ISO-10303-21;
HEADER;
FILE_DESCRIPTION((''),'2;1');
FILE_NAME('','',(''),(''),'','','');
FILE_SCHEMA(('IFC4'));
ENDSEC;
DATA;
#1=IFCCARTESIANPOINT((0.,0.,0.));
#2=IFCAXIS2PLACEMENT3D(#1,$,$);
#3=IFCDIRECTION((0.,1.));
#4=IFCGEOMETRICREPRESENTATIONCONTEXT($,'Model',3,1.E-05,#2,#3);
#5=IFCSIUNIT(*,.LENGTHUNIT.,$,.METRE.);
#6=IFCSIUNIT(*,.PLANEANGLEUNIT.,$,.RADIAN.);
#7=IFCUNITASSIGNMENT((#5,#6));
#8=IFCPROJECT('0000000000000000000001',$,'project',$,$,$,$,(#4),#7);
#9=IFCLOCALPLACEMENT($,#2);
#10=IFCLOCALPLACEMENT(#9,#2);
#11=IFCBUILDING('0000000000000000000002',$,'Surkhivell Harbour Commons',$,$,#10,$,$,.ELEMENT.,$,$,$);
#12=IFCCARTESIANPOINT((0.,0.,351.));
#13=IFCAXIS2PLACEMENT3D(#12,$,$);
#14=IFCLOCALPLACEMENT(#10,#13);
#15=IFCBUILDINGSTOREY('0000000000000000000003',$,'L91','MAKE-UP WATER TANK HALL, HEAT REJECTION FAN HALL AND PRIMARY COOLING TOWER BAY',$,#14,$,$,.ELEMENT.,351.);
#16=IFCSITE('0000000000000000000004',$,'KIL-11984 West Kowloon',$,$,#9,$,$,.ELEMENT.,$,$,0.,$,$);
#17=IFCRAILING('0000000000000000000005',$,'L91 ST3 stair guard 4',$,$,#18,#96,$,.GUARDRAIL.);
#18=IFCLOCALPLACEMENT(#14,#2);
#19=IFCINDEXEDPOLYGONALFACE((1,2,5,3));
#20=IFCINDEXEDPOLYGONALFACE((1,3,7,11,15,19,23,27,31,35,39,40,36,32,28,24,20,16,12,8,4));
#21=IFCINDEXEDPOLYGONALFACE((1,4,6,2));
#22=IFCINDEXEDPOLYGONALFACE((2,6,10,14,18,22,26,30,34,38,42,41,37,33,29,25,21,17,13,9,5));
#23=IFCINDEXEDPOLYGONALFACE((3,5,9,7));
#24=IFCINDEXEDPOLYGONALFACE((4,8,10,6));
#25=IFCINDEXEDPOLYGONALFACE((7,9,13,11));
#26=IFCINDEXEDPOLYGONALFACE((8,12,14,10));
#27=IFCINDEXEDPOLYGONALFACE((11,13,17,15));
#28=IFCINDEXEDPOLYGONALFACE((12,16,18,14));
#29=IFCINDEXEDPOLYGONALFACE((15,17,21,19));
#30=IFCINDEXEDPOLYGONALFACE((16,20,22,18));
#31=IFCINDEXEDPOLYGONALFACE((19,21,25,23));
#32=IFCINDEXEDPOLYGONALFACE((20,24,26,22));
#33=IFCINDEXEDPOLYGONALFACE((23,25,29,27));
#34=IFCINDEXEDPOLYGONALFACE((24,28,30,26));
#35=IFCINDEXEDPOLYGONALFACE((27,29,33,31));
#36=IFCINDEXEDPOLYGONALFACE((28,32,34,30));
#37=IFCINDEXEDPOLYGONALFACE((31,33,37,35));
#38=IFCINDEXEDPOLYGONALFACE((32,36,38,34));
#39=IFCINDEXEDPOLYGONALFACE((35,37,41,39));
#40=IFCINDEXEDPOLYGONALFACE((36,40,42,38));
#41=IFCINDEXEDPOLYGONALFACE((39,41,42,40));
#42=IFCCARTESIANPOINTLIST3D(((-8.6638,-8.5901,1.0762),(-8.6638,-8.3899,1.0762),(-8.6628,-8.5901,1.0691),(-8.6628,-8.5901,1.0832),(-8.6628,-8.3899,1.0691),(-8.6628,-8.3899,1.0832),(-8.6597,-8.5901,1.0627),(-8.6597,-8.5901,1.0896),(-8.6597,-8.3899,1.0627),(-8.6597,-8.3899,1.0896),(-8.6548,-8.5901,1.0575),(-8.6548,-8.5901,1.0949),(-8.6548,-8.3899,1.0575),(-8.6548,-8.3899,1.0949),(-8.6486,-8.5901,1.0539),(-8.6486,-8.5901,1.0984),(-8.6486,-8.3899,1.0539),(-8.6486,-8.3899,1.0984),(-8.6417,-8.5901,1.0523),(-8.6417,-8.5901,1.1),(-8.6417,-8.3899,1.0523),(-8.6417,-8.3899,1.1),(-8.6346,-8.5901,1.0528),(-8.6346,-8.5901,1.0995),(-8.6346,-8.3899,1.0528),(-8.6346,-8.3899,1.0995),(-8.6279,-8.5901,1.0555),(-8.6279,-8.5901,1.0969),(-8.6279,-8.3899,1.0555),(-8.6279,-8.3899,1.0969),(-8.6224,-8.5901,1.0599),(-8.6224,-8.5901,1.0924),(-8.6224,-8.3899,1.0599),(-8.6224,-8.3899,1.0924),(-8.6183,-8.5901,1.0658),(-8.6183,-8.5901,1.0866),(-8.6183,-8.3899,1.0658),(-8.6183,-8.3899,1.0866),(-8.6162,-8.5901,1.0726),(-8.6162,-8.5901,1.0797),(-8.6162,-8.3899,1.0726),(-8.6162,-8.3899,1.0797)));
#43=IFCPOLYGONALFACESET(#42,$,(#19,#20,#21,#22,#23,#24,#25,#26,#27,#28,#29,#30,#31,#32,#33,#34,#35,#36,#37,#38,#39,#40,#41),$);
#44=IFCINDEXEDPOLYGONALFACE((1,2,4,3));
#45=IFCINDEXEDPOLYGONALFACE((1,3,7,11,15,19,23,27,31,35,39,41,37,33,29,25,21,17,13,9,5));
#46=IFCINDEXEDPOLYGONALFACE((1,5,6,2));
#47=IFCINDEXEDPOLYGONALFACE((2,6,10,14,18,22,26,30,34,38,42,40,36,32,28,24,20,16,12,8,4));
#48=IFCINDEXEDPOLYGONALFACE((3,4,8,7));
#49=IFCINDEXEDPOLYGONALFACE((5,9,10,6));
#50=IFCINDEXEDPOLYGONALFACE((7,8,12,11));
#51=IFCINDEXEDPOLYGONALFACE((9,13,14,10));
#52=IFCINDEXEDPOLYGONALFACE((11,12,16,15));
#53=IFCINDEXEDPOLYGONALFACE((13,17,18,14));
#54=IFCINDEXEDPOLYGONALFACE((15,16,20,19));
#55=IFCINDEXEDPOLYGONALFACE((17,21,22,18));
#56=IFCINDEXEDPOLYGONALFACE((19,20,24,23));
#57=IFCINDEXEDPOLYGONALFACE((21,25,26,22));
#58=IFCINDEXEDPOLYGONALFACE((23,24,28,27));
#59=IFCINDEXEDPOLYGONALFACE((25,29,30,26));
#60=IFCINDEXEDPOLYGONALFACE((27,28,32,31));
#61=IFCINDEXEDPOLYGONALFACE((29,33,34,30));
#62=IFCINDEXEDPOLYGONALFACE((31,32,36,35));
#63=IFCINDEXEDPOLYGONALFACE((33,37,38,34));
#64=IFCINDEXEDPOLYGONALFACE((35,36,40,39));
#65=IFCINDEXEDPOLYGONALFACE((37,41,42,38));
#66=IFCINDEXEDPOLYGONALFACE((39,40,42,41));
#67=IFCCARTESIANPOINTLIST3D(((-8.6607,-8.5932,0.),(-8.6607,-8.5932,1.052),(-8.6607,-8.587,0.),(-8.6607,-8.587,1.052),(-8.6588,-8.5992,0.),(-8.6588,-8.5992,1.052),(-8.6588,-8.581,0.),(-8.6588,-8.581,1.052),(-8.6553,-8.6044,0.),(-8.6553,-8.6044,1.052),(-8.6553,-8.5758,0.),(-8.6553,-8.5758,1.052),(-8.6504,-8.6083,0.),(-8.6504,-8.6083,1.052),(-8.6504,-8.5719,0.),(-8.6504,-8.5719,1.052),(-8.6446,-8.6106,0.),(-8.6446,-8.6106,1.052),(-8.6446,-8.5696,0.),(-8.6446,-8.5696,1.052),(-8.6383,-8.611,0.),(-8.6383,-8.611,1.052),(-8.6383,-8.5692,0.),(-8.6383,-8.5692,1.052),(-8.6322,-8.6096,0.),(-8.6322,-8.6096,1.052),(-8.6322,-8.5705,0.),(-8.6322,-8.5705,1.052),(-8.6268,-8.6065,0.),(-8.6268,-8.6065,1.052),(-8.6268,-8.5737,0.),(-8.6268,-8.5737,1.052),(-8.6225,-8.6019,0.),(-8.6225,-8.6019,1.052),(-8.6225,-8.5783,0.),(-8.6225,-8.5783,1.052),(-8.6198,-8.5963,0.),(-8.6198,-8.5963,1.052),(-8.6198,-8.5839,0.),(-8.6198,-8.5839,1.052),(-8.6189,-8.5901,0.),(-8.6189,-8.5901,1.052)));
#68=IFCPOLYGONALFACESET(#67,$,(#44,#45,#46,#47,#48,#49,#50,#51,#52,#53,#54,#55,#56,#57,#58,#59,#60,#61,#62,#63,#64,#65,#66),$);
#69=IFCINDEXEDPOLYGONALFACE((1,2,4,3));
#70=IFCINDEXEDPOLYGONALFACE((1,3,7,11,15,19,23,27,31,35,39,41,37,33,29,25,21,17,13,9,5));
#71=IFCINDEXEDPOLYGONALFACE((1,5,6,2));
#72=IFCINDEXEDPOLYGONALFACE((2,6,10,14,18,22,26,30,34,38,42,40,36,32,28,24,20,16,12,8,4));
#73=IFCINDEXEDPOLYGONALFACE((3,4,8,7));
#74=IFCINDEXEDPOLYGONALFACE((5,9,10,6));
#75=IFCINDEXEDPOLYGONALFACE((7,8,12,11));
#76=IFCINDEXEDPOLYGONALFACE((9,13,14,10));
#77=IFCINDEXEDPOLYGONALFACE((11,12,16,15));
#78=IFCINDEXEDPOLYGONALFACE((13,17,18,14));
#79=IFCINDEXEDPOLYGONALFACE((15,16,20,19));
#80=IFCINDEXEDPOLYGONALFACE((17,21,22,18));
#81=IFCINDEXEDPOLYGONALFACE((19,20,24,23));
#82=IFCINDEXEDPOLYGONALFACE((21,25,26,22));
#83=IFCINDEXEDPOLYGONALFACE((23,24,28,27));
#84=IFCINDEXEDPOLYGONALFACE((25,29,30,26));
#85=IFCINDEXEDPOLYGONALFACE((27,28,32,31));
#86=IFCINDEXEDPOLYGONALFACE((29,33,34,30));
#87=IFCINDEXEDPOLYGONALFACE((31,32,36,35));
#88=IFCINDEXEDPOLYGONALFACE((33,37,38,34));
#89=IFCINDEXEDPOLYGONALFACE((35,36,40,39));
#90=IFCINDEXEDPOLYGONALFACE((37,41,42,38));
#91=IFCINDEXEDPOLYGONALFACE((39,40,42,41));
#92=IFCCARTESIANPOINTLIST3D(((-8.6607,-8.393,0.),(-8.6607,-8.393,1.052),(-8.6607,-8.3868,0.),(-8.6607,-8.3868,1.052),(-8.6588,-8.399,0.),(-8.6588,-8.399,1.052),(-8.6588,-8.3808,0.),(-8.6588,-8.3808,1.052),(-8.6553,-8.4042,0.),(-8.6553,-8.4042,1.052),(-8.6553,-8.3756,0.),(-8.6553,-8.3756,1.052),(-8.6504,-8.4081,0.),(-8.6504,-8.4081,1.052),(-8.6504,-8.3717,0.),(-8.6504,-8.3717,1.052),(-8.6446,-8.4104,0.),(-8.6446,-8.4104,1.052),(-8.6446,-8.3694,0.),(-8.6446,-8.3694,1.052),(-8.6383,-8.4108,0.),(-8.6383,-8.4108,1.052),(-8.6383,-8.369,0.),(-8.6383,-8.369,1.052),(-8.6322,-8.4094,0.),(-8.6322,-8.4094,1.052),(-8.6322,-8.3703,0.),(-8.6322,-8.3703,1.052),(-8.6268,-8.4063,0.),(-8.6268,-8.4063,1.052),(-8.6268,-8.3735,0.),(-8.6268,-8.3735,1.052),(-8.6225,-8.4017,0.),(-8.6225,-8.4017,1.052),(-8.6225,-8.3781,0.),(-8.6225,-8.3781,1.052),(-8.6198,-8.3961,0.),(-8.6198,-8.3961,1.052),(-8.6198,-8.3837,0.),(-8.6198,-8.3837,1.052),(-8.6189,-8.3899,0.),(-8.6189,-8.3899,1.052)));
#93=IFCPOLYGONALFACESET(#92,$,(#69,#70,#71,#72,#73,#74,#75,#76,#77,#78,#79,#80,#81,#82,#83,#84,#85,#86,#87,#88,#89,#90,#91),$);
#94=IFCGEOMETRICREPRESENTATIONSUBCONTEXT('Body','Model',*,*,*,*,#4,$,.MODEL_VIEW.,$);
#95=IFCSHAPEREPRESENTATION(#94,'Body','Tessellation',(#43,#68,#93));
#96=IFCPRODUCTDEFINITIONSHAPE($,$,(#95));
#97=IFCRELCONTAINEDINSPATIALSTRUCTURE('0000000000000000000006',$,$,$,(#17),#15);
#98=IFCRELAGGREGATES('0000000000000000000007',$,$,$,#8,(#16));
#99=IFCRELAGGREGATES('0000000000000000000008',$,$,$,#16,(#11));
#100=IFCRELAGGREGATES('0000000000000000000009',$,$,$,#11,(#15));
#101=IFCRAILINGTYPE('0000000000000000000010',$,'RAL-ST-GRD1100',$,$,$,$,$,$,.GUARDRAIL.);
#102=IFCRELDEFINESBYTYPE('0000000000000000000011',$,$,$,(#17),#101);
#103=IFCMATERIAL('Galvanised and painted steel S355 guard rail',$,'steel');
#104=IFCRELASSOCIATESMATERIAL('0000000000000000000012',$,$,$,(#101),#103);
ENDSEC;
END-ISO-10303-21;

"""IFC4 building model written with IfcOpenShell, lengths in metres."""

from ifc_helpers import new_model, si_unit, direction, frame, origin, origin_2d, place, context, subcontext, project, spatial, circle, extrude, material, type_object, element, save


model = new_model("IFC4")

# Units and contexts
model_context = context("Model", 3, precision=1e-05, world=origin(), true_north=direction((0.0, 1.0)))
body_context = subcontext(model_context, "Body", "Model", "MODEL_VIEW")
ifc_project = project(units=[si_unit("LENGTHUNIT", "METRE"), si_unit("PLANEANGLEUNIT", "RADIAN")], contexts=[model_context])

# Site, building, storey
site_placement = place(None, origin())
site = spatial("IfcSite", under=ifc_project, at=site_placement, Name="KIL-11984 West Kowloon", CompositionType="ELEMENT", RefElevation=0.0)
building_placement = place(site_placement, origin())
building = spatial("IfcBuilding", under=site, at=building_placement, Name="Surkhivell Harbour Commons", CompositionType="ELEMENT")
storey_placement = place(building_placement, frame((0.0, 0.0, 351.0)))
storey = spatial("IfcBuildingStorey", under=building, at=storey_placement, Name="L91", Description="MAKE-UP WATER TANK HALL, HEAT REJECTION FAN HALL AND PRIMARY COOLING TOWER BAY", CompositionType="ELEMENT", Elevation=351.0)

# Railing
ifc_material_1 = material(Name="Galvanised and painted steel S355 guard rail", Category="steel")
railing_type_1 = type_object("IfcRailingType", Name="RAL-ST-GRD1100", PredefinedType="GUARDRAIL", material=ifc_material_1)
railing_1_placement = place(storey_placement, frame((-8.6399, -8.5901, 0.0)))
element("IfcRailing", 1, at=railing_1_placement, inside=storey, type_object=railing_type_1, Name="L91 ST3 stair guard 4", PredefinedType="GUARDRAIL", context=body_context, shape_type="SweptSolid", body=[
    extrude(circle(Radius=0.0239, at=origin_2d()), frame((0.0, 0.0, 1.0762), z_axis=(0.0, 1.0, 0.0), x_axis=(-1.0, 0.0, 0.0)), (0.0, 0.0, 1.0), 0.2002),
    extrude(circle(Radius=0.021, at=origin_2d()), origin(), (0.0, 0.0, 1.0), 1.052),
    extrude(circle(Radius=0.021, at=origin_2d()), frame((0.0, 0.2002, 0.0)), (0.0, 0.0, 1.0), 1.052),
])

save(model, "model.ifc")
